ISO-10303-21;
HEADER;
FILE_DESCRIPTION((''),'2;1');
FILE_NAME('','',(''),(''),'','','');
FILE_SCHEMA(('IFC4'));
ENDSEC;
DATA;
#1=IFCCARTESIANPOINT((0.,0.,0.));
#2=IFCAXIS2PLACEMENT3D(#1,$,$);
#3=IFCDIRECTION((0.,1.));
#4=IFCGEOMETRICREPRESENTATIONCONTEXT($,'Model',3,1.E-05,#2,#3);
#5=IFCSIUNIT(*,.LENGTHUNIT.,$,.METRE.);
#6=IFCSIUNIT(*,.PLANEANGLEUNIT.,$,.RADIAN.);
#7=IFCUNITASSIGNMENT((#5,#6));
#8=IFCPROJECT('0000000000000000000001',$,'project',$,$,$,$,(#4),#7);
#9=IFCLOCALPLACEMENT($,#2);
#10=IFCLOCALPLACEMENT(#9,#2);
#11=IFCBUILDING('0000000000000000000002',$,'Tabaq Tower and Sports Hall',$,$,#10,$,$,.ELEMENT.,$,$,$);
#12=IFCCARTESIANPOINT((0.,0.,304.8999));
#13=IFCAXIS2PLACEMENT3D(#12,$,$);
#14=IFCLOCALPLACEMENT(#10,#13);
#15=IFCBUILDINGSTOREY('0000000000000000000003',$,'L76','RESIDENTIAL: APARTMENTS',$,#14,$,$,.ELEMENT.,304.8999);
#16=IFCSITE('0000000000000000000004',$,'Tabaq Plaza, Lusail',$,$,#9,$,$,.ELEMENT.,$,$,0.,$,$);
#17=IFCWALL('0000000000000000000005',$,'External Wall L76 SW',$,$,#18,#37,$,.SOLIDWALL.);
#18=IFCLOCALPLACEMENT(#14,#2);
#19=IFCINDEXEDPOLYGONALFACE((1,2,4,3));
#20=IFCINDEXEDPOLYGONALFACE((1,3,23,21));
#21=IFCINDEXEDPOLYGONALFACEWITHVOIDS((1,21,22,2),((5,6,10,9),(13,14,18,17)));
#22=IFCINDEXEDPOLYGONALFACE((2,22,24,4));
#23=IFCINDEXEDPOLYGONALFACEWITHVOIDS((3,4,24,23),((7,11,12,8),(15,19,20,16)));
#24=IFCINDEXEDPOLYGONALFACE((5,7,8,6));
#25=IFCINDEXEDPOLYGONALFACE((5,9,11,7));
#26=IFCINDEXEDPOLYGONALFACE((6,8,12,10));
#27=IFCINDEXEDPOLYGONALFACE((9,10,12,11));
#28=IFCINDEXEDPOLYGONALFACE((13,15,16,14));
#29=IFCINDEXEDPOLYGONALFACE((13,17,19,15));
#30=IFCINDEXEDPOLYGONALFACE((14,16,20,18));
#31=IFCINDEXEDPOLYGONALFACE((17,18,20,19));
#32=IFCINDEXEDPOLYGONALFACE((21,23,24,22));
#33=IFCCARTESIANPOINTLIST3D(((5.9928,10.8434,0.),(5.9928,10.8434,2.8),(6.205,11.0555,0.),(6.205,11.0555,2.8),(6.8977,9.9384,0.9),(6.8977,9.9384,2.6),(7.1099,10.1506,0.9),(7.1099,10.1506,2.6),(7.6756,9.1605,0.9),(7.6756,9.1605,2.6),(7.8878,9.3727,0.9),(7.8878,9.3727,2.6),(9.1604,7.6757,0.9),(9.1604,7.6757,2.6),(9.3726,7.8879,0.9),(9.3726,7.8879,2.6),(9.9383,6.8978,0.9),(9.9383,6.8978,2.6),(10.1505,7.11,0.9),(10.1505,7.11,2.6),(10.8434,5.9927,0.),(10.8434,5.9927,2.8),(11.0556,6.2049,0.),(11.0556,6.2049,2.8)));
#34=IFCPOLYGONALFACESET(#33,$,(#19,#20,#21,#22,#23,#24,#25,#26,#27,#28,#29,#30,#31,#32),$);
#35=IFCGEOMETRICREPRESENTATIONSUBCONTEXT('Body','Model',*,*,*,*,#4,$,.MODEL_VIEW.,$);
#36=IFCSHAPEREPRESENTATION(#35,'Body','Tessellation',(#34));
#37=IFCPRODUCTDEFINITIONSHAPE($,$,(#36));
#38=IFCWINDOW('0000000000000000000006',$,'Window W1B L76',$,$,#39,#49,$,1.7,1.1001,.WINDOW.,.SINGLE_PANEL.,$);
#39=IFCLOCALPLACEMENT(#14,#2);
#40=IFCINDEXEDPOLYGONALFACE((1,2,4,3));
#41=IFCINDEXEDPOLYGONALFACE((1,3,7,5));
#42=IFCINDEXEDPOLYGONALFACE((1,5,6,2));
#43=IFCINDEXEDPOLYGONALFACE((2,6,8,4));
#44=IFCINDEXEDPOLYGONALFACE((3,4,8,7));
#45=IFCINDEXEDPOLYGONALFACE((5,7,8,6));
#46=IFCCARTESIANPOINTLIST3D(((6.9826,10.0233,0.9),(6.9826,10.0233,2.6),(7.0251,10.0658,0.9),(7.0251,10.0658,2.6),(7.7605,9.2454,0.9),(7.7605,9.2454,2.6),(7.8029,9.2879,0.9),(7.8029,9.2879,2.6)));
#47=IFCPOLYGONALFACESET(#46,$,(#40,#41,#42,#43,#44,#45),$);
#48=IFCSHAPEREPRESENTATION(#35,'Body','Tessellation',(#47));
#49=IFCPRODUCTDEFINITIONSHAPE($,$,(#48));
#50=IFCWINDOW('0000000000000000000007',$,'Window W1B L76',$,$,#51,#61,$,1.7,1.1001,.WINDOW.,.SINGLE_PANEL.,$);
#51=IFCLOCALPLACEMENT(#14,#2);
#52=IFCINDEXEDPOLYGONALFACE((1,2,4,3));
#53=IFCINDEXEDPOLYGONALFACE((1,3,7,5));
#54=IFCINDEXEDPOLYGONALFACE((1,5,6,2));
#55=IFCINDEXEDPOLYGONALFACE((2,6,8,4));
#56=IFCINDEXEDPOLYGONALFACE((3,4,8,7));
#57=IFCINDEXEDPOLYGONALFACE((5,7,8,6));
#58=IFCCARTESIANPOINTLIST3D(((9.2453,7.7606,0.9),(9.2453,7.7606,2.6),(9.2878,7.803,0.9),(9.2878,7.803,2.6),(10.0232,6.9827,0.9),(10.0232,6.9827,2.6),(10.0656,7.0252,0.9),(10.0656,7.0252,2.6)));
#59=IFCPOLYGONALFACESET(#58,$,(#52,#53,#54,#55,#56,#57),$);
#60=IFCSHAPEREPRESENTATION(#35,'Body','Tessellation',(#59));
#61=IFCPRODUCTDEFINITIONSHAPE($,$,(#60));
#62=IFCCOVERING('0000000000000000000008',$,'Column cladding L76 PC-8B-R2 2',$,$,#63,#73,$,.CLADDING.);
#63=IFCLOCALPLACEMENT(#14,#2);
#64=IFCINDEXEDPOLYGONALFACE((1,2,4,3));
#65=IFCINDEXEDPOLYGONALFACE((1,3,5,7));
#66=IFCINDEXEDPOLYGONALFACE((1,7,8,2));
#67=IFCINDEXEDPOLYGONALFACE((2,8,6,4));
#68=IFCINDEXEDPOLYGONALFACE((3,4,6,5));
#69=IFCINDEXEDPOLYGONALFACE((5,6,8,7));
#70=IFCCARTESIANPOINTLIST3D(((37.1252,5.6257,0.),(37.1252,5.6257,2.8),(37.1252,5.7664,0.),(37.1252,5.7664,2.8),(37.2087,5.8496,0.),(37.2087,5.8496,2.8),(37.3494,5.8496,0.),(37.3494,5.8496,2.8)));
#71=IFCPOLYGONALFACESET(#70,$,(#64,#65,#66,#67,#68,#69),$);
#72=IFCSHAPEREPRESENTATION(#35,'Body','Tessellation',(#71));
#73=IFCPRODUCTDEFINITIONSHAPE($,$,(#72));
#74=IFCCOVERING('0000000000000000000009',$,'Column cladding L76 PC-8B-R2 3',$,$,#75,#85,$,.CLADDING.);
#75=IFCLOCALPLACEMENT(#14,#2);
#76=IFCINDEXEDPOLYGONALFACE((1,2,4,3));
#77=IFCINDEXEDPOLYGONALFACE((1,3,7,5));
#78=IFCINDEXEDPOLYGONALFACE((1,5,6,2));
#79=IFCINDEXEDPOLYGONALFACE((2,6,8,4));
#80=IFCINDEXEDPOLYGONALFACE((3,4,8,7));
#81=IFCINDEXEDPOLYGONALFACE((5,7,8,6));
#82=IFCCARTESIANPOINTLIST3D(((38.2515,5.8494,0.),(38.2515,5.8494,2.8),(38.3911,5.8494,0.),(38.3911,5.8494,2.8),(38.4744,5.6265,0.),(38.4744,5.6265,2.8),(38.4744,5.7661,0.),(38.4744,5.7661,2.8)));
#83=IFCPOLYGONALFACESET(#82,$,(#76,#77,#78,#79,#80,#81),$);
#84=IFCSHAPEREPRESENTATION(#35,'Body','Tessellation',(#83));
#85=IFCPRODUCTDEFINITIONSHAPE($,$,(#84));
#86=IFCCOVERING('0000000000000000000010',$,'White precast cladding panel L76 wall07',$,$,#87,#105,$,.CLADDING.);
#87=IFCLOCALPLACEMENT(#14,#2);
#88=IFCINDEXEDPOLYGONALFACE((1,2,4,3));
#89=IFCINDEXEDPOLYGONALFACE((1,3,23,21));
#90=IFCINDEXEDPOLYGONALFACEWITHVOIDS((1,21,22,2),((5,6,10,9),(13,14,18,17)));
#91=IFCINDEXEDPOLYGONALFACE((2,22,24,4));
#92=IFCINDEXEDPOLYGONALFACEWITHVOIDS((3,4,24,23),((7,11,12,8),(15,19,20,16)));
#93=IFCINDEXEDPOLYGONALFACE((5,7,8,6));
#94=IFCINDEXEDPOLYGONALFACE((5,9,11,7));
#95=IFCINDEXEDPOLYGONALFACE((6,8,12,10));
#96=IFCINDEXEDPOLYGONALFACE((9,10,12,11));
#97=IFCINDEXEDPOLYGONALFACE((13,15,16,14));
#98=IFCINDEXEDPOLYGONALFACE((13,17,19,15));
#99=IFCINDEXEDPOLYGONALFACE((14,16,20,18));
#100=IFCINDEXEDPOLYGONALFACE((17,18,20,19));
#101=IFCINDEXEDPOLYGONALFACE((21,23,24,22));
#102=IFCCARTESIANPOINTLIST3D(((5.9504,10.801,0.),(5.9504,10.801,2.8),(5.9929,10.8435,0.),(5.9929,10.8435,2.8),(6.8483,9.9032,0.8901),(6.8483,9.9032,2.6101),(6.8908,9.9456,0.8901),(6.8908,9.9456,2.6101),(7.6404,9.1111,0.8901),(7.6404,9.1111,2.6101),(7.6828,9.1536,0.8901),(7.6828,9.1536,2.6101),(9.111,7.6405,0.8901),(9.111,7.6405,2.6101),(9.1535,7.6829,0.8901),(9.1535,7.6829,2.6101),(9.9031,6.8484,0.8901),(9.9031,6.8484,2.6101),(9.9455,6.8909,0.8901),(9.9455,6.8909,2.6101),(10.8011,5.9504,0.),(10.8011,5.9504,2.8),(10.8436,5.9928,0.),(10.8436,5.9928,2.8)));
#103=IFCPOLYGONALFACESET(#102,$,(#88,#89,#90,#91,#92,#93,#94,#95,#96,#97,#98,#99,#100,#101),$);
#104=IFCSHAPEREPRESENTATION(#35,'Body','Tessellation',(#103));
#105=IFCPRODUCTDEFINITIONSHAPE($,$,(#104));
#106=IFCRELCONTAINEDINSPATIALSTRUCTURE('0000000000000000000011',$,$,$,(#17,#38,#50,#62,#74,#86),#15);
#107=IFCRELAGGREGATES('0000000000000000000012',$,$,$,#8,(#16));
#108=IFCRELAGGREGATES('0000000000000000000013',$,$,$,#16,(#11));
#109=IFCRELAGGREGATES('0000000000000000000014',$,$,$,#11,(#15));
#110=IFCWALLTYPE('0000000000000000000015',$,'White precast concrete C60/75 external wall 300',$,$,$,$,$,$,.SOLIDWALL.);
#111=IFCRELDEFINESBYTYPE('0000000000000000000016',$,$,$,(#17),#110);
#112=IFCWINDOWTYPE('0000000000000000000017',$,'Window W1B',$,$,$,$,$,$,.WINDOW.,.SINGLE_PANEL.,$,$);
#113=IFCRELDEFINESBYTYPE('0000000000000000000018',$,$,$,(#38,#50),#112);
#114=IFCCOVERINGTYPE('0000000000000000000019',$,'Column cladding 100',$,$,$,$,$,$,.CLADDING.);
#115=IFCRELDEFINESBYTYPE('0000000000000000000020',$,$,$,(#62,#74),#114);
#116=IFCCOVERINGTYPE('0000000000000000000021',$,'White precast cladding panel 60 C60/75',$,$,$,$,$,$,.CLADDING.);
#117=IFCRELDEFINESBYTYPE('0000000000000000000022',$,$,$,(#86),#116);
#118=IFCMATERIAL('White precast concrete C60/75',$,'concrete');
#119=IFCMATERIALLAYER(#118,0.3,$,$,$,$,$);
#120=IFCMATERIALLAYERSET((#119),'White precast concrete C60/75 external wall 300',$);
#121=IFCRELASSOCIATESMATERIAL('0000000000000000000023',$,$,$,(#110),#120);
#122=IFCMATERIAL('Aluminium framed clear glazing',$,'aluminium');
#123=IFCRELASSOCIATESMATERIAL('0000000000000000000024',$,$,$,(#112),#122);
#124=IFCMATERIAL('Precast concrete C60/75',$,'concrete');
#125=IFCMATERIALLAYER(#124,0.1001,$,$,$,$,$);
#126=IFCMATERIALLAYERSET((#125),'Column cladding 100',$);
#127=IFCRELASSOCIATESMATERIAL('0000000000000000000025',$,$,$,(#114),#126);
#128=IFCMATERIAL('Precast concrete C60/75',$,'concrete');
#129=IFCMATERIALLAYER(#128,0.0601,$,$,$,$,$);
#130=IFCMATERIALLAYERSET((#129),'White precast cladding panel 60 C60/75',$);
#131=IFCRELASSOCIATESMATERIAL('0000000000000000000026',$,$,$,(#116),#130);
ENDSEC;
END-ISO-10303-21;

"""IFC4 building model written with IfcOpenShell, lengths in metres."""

from ifc_helpers import new_model, si_unit, direction, frame, frame_2d, origin, place, context, subcontext, project, spatial, polyline, rectangle, outline, extrude, material, layer, layer_set, type_object, element, fill, save


model = new_model("IFC4")

# Units and contexts
model_context = context("Model", 3, precision=1e-05, world=origin(), true_north=direction((0.0, 1.0)))
body_context = subcontext(model_context, "Body", "Model", "MODEL_VIEW")
ifc_project = project(units=[si_unit("LENGTHUNIT", "METRE"), si_unit("PLANEANGLEUNIT", "RADIAN")], contexts=[model_context])

# Site, building, storey
site_placement = place(None, origin())
site = spatial("IfcSite", under=ifc_project, at=site_placement, Name="Tabaq Plaza, Lusail", CompositionType="ELEMENT", RefElevation=0.0)
building_placement = place(site_placement, origin())
building = spatial("IfcBuilding", under=site, at=building_placement, Name="Tabaq Tower and Sports Hall", CompositionType="ELEMENT")
storey_placement = place(building_placement, frame((0.0, 0.0, 304.8999)))
storey = spatial("IfcBuildingStorey", under=building, at=storey_placement, Name="L76", Description="RESIDENTIAL: APARTMENTS", CompositionType="ELEMENT", Elevation=304.8999)

# Wall, openings, windows
ifc_material_1 = material(Name="White precast concrete C60/75", Category="concrete")
ifc_layer_1 = layer(ifc_material_1, 0.3)
ifc_layer_set_1 = layer_set([ifc_layer_1], Name="White precast concrete C60/75 external wall 300")
wall_type_1 = type_object("IfcWallType", Name="White precast concrete C60/75 external wall 300", PredefinedType="SOLIDWALL", material=ifc_layer_set_1)
wall_1_placement = place(storey_placement, frame((6.0989, 10.9495, 0.0), z_axis=(0.0, 0.0, 1.0), x_axis=(0.707107, -0.707107, 0.0)))
wall_1 = element("IfcWall", 1, at=wall_1_placement, inside=storey, type_object=wall_type_1, Name="External Wall L76 SW", PredefinedType="SOLIDWALL", context=body_context, shape_type="SweptSolid", body=[
    extrude(rectangle(XDim=6.8599, YDim=0.3, at=frame_2d((3.4299, 0.0))), origin(), (0.0, 0.0, 1.0), 2.8),
])
opening_1_placement = place(wall_1_placement, frame((1.2798, 0.0, 0.8999)))
opening_1 = element("IfcOpeningElement", 2, at=opening_1_placement, cuts=wall_1, PredefinedType="OPENING", context=body_context, shape_type="SweptSolid", body=[
    extrude(rectangle(XDim=1.1001, YDim=1.7, at=frame_2d((0.55, 0.8501))), frame((0.0, 0.1602, 0.0), z_axis=(0.0, -1.0, 0.0), x_axis=(1.0, 0.0, 0.0)), (0.0, 0.0, 1.0), 0.3201),
])
opening_2_placement = place(wall_1_placement, frame((4.4797, 0.0, 0.8999)))
opening_2 = element("IfcOpeningElement", 3, at=opening_2_placement, cuts=wall_1, PredefinedType="OPENING", context=body_context, shape_type="SweptSolid", body=[
    extrude(rectangle(XDim=1.1001, YDim=1.7, at=frame_2d((0.55, 0.8501))), frame((0.0, 0.1602, 0.0), z_axis=(0.0, -1.0, 0.0), x_axis=(1.0, 0.0, 0.0)), (0.0, 0.0, 1.0), 0.3201),
])
ifc_material_2 = material(Name="Aluminium framed clear glazing", Category="aluminium")
window_type = type_object("IfcWindowType", Name="Window W1B", PartitioningType="SINGLE_PANEL", PredefinedType="WINDOW", material=ifc_material_2)
window_1_placement = place(opening_1_placement, origin())
window_1 = element("IfcWindow", 4, at=window_1_placement, inside=storey, type_object=window_type, Name="Window W1B L76", OverallHeight=1.7, OverallWidth=1.1001, PartitioningType="SINGLE_PANEL", PredefinedType="WINDOW", context=body_context, shape_type="SweptSolid", body=[
    extrude(rectangle(XDim=1.1001, YDim=1.7, at=frame_2d((0.55, 0.8501))), frame((0.0, 0.03, 0.0), z_axis=(0.0, -1.0, 0.0), x_axis=(1.0, 0.0, 0.0)), (0.0, 0.0, 1.0), 0.0601),
])
fill(opening_1, window_1)
window_2_placement = place(opening_2_placement, origin())
window_2 = element("IfcWindow", 5, at=window_2_placement, inside=storey, type_object=window_type, Name="Window W1B L76", OverallHeight=1.7, OverallWidth=1.1001, PartitioningType="SINGLE_PANEL", PredefinedType="WINDOW", context=body_context, shape_type="SweptSolid", body=[
    extrude(rectangle(XDim=1.1001, YDim=1.7, at=frame_2d((0.55, 0.8501))), frame((0.0, 0.03, 0.0), z_axis=(0.0, -1.0, 0.0), x_axis=(1.0, 0.0, 0.0)), (0.0, 0.0, 1.0), 0.0601),
])
fill(opening_2, window_2)

# Coverings
ifc_material_3 = material(Name="Precast concrete C60/75", Category="concrete")
ifc_layer_2 = layer(ifc_material_3, 0.1001)
ifc_layer_set_2 = layer_set([ifc_layer_2], Name="Column cladding 100")
covering_type_1 = type_object("IfcCoveringType", Name="Column cladding 100", PredefinedType="CLADDING", material=ifc_layer_set_2)
covering_1_placement = place(storey_placement, origin())
element("IfcCovering", 6, at=covering_1_placement, inside=storey, type_object=covering_type_1, Name="Column cladding L76 PC-8B-R2 2", PredefinedType="CLADDING", context=body_context, shape_type="SweptSolid", body=[
    extrude(outline(polyline([(37.2087, 5.8496), (37.3494, 5.8496), (37.1252, 5.6257), (37.1252, 5.7664), (37.2087, 5.8496)])), origin(), (0.0, 0.0, 1.0), 2.8),
])
covering_2_placement = place(storey_placement, origin())
element("IfcCovering", 7, at=covering_2_placement, inside=storey, type_object=covering_type_1, Name="Column cladding L76 PC-8B-R2 3", PredefinedType="CLADDING", context=body_context, shape_type="SweptSolid", body=[
    extrude(outline(polyline([(38.4744, 5.6265), (38.2515, 5.8494), (38.3911, 5.8494), (38.4744, 5.7661), (38.4744, 5.6265)])), origin(), (0.0, 0.0, 1.0), 2.8),
])
ifc_material_4 = material(Name="Precast concrete C60/75", Category="concrete")
ifc_layer_3 = layer(ifc_material_4, 0.0601)
ifc_layer_set_3 = layer_set([ifc_layer_3], Name="White precast cladding panel 60 C60/75")
covering_type_2 = type_object("IfcCoveringType", Name="White precast cladding panel 60 C60/75", PredefinedType="CLADDING", material=ifc_layer_set_3)
covering_3_placement = place(storey_placement, frame((5.9717, 10.8223, 0.0), z_axis=(0.0, 0.0, 1.0), x_axis=(0.707107, -0.707107, 0.0)))
element("IfcCovering", 8, at=covering_3_placement, inside=storey, type_object=covering_type_2, Name="White precast cladding panel L76 wall07", PredefinedType="CLADDING", context=body_context, shape_type="SweptSolid", body=[
    extrude(outline(polyline([(0.0, 0.0), (6.8599, 0.0), (6.8599, 2.8), (0.0, 2.8), (0.0, 0.0)]), holes=[polyline([(1.2698, 2.6101), (2.3899, 2.6101), (2.3899, 0.8901), (1.2698, 0.8901), (1.2698, 2.6101)]), polyline([(4.4697, 2.6101), (5.5898, 2.6101), (5.5898, 0.8901), (4.4697, 0.8901), (4.4697, 2.6101)])]), frame((0.0, 0.03, 0.0), z_axis=(0.0, -1.0, 0.0), x_axis=(1.0, 0.0, 0.0)), (0.0, 0.0, 1.0), 0.0601),
])

save(model, "model.ifc")
